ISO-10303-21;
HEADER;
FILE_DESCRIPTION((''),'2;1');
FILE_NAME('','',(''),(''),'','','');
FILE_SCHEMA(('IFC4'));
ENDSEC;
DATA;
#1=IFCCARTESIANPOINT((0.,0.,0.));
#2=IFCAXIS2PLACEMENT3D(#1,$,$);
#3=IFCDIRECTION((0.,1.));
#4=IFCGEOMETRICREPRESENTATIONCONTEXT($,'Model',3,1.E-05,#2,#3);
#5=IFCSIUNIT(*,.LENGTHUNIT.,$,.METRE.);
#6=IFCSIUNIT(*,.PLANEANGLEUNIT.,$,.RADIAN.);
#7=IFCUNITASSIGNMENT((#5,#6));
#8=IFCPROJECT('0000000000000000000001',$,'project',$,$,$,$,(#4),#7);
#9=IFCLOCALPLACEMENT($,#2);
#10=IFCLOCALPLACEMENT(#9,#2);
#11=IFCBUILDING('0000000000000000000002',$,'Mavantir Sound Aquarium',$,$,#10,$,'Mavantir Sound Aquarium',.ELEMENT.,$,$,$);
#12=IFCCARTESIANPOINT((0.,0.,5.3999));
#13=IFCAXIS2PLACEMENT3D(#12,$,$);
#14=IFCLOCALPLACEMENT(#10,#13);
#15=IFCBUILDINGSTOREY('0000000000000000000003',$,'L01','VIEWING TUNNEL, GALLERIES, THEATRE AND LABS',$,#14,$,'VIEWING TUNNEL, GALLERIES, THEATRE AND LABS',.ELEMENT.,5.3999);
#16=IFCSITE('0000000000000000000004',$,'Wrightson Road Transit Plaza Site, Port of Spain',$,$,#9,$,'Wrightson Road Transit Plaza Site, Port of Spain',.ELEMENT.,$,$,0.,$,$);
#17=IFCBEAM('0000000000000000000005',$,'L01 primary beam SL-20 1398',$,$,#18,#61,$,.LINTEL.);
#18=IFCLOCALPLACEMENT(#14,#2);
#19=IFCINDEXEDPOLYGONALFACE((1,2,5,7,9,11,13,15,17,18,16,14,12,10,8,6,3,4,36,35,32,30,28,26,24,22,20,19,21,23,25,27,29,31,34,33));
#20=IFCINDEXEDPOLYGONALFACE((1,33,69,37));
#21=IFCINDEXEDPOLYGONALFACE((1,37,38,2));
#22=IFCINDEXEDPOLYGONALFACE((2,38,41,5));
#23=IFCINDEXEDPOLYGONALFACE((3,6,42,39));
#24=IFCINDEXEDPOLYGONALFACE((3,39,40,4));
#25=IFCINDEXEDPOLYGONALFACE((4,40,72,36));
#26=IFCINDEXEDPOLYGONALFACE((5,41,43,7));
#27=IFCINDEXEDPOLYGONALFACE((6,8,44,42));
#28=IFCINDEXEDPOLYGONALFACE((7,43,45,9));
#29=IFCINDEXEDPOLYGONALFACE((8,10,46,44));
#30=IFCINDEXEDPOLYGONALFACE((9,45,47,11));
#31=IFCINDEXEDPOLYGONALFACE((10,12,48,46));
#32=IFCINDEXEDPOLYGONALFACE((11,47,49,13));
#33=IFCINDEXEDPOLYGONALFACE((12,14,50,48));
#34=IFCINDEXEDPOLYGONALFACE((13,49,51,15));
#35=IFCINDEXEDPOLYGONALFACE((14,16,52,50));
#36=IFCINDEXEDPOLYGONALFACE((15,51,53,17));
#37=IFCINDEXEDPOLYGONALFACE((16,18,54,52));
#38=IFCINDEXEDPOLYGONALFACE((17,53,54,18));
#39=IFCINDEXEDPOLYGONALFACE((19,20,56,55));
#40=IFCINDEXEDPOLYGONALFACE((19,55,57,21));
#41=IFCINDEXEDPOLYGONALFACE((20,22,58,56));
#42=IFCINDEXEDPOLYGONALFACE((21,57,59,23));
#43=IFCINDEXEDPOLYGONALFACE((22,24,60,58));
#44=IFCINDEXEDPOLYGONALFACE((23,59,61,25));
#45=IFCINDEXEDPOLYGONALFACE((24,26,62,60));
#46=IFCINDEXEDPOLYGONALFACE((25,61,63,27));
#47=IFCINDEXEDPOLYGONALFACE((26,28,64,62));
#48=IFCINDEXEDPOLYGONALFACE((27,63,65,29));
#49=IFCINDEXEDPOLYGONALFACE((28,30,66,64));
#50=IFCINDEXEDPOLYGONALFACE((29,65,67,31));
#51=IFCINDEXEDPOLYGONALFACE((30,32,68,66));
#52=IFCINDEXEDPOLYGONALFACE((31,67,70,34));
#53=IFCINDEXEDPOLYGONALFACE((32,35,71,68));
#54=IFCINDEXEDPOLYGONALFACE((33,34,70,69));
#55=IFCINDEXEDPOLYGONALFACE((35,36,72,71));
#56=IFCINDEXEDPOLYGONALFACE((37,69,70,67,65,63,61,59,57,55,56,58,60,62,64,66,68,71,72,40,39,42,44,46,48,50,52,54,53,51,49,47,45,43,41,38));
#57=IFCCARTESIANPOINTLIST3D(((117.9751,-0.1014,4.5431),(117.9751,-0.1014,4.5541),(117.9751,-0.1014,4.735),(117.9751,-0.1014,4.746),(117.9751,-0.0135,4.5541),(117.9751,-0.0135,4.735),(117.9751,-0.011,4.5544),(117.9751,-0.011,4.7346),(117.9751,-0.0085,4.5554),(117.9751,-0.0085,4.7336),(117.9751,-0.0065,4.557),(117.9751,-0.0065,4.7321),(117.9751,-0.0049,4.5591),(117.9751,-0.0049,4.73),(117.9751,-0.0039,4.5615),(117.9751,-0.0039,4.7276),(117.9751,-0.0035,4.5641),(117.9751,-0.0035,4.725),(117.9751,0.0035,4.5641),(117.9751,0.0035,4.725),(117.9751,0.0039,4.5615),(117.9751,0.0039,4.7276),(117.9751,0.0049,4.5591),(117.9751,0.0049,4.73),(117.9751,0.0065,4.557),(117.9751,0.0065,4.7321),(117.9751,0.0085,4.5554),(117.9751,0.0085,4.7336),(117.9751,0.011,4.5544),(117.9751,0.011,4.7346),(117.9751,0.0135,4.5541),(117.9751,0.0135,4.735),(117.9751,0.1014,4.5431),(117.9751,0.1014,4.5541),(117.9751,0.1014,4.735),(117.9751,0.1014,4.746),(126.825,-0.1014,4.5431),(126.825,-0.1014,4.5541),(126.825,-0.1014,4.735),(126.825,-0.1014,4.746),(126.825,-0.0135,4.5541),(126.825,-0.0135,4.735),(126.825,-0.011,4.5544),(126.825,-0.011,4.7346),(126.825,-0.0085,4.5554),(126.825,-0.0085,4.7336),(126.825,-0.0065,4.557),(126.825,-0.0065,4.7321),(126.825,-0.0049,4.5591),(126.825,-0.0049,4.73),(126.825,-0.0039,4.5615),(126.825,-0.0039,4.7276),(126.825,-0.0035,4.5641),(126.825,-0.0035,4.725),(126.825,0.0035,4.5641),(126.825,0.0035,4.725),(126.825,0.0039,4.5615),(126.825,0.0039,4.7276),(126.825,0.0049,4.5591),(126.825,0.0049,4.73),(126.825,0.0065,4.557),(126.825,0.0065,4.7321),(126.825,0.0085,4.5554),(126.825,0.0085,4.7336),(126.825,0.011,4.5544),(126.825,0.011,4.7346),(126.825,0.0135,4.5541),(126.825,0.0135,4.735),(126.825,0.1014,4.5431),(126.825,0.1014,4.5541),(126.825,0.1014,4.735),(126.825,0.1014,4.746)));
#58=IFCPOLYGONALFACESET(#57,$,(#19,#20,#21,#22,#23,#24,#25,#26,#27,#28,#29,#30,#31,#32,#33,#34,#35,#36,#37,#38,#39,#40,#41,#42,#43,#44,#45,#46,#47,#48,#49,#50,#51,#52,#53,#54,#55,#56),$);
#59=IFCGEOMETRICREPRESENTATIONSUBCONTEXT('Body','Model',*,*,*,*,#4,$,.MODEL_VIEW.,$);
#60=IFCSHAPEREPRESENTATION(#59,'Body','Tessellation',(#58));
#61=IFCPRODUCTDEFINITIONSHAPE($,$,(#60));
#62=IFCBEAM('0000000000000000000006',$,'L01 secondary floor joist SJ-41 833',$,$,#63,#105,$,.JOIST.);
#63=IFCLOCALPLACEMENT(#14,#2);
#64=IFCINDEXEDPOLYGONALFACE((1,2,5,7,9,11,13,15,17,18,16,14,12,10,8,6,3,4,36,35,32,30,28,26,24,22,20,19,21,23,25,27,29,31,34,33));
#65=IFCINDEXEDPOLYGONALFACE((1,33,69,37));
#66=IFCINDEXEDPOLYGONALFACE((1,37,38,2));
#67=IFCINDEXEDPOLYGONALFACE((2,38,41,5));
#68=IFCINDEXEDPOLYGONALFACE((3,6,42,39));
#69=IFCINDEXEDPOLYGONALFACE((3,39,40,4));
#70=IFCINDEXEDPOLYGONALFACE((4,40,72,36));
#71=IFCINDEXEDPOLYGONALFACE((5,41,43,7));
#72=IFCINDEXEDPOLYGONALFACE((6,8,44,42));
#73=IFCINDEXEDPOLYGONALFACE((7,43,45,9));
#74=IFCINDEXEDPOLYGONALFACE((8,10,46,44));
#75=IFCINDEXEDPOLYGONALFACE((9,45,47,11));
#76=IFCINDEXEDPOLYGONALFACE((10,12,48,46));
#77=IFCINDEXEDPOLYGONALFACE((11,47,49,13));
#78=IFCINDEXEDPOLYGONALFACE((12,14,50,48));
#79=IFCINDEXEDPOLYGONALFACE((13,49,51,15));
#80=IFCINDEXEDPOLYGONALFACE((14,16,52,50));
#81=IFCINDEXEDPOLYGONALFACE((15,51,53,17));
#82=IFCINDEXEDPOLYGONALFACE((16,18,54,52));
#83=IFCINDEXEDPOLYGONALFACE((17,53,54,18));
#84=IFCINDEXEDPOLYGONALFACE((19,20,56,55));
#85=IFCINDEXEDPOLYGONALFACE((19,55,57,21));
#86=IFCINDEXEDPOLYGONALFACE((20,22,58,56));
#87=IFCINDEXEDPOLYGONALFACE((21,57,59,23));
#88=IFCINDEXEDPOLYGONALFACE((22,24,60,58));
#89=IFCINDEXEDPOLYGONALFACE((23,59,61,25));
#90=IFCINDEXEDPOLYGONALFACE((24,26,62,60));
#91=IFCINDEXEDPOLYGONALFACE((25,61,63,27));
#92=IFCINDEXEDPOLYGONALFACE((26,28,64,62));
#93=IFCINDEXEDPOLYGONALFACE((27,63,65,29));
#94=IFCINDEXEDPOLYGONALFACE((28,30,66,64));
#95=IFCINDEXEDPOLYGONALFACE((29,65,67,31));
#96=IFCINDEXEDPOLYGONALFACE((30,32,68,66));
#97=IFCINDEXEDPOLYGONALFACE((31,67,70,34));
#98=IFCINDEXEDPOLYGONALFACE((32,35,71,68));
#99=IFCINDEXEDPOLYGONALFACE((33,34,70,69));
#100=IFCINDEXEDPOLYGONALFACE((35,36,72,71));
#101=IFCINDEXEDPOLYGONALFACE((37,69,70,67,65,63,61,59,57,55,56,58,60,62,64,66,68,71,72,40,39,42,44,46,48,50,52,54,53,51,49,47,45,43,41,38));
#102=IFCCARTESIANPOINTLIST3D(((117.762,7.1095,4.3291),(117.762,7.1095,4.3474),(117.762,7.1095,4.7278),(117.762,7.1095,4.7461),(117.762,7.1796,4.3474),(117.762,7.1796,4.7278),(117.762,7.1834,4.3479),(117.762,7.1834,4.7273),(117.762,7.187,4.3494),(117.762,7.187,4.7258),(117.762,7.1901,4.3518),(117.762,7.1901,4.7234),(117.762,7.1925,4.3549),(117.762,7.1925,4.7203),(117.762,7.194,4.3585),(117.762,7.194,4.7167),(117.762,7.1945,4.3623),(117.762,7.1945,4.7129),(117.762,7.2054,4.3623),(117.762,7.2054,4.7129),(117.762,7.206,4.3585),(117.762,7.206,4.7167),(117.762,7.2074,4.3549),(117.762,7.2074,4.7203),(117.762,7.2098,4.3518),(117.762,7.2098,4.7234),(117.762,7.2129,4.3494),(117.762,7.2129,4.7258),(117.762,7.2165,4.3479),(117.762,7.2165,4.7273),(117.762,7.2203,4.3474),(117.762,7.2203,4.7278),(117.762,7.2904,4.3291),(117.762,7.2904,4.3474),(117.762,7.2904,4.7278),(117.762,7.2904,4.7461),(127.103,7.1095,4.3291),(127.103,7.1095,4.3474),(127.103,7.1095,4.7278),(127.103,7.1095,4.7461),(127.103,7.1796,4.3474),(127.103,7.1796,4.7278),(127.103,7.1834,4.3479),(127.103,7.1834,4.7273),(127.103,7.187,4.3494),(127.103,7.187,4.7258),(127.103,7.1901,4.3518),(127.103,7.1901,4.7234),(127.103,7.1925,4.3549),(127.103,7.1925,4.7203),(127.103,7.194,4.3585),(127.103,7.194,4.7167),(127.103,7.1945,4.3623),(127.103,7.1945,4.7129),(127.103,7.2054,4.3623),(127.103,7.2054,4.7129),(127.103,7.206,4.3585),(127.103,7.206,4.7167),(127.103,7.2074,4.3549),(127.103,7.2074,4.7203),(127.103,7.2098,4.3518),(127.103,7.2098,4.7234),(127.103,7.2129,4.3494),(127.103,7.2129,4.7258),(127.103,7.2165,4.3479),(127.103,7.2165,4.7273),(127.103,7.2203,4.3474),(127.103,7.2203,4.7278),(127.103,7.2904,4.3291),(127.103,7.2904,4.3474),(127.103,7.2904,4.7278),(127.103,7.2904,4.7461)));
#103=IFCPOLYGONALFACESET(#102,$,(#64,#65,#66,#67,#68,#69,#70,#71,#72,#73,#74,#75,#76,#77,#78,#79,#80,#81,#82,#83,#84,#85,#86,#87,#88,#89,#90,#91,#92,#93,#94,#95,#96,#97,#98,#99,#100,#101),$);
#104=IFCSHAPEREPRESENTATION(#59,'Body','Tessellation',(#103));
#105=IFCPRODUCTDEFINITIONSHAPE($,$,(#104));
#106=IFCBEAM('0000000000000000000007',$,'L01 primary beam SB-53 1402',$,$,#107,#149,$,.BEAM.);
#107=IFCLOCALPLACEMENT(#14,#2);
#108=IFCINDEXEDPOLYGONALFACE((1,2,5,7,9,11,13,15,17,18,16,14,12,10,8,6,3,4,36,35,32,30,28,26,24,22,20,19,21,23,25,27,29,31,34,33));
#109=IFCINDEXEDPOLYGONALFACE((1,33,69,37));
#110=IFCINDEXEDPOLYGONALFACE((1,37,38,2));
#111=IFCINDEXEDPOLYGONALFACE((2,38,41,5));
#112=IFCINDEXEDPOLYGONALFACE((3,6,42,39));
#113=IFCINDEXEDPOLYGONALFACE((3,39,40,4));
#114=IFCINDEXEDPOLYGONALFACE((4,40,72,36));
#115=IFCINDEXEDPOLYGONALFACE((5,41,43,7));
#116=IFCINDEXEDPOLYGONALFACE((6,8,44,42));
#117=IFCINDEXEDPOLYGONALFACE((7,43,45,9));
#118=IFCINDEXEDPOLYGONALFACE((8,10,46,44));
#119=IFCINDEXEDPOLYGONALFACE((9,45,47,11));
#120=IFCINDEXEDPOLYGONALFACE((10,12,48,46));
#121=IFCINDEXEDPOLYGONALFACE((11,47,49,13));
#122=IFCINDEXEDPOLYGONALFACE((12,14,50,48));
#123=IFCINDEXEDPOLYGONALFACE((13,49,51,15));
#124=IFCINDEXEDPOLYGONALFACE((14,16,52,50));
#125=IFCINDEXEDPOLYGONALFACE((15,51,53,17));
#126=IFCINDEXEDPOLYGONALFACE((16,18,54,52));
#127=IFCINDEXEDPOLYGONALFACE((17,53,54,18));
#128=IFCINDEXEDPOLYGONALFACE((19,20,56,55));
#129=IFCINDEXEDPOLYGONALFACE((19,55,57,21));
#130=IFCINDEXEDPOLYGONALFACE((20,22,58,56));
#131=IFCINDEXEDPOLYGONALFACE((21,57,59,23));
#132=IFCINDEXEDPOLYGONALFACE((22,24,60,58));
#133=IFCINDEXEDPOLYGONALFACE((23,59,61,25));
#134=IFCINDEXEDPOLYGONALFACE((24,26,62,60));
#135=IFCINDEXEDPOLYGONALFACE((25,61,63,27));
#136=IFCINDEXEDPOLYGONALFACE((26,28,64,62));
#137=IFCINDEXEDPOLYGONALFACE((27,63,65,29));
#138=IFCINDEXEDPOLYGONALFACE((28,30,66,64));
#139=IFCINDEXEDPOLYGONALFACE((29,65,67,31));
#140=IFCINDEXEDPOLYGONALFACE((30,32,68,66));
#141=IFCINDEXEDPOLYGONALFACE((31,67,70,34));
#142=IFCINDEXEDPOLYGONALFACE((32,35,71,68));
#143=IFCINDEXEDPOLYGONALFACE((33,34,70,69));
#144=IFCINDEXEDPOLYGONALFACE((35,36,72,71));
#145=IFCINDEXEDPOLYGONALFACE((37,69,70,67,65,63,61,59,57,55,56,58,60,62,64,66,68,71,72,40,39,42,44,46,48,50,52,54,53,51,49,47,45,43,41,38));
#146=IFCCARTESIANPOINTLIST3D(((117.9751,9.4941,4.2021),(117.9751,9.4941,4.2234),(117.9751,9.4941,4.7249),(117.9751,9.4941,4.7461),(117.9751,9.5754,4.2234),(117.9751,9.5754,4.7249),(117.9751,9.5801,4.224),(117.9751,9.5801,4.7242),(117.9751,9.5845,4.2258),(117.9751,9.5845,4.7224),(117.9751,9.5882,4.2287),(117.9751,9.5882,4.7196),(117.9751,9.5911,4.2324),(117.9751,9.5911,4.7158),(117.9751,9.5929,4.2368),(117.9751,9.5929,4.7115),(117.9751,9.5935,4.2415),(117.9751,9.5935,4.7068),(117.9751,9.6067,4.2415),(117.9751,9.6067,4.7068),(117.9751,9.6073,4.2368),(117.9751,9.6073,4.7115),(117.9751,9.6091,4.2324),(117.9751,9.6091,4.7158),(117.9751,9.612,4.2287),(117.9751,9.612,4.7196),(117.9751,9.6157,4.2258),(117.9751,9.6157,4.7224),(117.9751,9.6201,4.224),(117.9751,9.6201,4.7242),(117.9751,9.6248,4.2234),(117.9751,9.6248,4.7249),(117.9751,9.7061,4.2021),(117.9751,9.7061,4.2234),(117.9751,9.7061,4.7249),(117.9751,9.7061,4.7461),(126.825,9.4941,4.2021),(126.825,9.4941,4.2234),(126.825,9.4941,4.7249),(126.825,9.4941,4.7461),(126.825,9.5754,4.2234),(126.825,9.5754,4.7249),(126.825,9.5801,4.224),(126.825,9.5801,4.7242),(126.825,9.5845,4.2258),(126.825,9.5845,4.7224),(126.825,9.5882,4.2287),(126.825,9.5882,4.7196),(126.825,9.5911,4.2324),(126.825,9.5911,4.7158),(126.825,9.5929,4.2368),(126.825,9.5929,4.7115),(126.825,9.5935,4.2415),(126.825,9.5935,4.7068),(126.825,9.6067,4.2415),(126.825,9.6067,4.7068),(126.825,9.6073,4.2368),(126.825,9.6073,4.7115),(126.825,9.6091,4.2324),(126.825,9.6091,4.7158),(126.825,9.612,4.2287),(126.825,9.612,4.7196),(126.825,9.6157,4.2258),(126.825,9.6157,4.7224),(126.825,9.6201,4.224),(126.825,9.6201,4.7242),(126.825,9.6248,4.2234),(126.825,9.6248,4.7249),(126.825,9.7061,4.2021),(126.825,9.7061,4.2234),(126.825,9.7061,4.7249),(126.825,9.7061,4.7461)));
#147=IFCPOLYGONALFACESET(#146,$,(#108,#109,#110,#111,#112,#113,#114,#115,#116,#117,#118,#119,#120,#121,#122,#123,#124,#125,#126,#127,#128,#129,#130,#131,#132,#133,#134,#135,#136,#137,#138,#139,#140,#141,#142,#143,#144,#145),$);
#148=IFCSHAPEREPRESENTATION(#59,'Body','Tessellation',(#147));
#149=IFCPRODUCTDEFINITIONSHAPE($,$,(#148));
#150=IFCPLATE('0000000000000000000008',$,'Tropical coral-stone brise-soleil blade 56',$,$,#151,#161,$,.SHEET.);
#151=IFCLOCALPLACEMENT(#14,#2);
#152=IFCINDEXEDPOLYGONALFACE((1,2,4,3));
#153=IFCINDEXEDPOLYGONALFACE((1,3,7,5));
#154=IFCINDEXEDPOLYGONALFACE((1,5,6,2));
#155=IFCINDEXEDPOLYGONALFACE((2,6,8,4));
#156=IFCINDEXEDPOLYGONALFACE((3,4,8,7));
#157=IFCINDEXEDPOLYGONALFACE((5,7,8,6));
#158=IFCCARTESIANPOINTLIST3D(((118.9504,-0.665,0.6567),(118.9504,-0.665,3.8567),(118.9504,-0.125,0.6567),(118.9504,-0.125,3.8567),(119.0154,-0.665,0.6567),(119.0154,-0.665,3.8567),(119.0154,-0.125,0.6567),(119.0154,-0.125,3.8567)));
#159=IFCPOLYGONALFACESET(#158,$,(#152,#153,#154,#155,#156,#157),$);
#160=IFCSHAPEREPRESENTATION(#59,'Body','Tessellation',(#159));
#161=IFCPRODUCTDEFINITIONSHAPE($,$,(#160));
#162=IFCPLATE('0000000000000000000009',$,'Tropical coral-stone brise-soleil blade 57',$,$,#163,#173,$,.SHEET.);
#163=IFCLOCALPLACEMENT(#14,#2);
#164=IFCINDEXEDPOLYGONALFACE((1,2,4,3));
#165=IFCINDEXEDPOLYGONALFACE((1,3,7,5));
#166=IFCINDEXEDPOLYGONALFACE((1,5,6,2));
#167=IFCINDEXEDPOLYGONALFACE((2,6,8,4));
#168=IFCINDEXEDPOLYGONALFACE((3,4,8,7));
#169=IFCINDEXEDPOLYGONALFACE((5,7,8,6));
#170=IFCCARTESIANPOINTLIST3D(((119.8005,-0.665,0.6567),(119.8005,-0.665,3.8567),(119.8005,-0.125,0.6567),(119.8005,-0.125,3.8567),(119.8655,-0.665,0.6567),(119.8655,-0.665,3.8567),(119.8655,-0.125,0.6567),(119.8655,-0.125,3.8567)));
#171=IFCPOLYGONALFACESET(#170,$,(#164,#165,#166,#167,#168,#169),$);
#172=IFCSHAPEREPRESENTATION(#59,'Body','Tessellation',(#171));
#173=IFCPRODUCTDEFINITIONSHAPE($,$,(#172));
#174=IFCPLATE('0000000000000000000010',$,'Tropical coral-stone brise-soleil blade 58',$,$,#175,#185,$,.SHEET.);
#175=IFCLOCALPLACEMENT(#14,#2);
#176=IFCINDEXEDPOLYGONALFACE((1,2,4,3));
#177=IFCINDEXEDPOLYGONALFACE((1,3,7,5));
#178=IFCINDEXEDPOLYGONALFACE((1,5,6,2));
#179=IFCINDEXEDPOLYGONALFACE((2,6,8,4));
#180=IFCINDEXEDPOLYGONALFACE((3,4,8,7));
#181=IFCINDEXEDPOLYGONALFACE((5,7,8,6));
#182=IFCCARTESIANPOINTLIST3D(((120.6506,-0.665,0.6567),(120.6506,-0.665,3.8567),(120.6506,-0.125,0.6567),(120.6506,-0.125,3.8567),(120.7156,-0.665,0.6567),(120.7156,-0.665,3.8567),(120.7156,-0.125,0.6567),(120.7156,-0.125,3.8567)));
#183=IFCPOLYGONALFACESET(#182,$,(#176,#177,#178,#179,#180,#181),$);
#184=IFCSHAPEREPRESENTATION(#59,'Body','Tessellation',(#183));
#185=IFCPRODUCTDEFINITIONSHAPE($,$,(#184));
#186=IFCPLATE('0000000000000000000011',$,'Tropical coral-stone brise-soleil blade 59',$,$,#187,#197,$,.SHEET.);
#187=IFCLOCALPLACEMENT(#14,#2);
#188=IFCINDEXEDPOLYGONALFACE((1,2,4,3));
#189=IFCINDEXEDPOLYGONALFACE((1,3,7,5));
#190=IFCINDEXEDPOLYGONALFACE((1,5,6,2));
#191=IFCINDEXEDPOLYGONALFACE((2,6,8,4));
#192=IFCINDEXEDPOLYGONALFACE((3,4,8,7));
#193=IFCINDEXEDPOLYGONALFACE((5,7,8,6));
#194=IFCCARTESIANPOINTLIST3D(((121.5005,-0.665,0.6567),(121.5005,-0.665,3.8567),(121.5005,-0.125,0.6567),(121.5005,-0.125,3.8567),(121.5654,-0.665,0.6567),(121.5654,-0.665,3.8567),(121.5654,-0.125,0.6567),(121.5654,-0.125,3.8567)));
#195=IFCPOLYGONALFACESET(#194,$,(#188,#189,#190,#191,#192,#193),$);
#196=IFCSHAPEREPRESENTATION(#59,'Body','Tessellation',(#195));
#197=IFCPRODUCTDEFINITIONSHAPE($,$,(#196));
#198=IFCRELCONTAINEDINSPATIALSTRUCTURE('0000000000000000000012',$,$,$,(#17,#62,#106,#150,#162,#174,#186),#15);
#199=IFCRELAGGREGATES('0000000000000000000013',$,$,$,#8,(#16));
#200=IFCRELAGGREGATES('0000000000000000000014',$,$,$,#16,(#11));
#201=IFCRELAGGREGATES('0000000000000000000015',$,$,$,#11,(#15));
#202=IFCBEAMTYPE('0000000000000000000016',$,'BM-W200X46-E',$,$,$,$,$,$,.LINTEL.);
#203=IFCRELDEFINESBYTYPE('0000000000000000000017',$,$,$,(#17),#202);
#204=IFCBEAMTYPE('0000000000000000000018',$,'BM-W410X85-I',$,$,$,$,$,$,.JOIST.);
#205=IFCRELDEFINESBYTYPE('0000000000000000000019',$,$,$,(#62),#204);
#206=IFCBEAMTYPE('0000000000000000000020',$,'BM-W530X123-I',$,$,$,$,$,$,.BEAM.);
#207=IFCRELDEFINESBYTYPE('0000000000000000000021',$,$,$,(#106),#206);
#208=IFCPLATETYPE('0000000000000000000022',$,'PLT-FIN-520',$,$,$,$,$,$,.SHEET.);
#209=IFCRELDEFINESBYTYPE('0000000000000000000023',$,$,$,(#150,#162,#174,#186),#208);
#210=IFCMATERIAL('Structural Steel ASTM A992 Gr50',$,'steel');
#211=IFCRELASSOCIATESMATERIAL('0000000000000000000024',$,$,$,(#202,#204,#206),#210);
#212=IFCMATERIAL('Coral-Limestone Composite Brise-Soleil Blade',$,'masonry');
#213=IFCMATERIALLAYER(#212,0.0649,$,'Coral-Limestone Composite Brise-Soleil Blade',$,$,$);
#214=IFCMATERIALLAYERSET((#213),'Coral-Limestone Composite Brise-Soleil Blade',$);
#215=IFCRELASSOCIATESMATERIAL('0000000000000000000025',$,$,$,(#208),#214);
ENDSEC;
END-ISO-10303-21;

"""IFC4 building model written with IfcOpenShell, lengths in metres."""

from ifc_helpers import new_model, si_unit, direction, frame, origin, origin_2d, place, context, subcontext, project, spatial, rectangle, i_section, extrude, material, layer, layer_set, material_profile, profile_set, type_object, element, save


model = new_model("IFC4")

# Units and contexts
model_context = context("Model", 3, precision=1e-05, world=origin(), true_north=direction((0.0, 1.0)))
body_context = subcontext(model_context, "Body", "Model", "MODEL_VIEW")
ifc_project = project(units=[si_unit("LENGTHUNIT", "METRE"), si_unit("PLANEANGLEUNIT", "RADIAN")], contexts=[model_context])

# Site, building, storey
site_placement = place(None, origin())
site = spatial("IfcSite", under=ifc_project, at=site_placement, Name="Wrightson Road Transit Plaza Site, Port of Spain", LongName="Wrightson Road Transit Plaza Site, Port of Spain", CompositionType="ELEMENT", RefElevation=0.0)
building_placement = place(site_placement, origin())
building = spatial("IfcBuilding", under=site, at=building_placement, Name="Mavantir Sound Aquarium", LongName="Mavantir Sound Aquarium", CompositionType="ELEMENT")
storey_placement = place(building_placement, frame((0.0, 0.0, 5.3999)))
storey = spatial("IfcBuildingStorey", under=building, at=storey_placement, Name="L01", Description="VIEWING TUNNEL, GALLERIES, THEATRE AND LABS", LongName="VIEWING TUNNEL, GALLERIES, THEATRE AND LABS", CompositionType="ELEMENT", Elevation=5.3999)

# Beams
ifc_material_1 = material(Name="Structural Steel ASTM A992 Gr50", Category="steel")
ifc_material_profile_1 = material_profile(ifc_material_1, i_section(OverallWidth=0.2029, OverallDepth=0.2029, WebThickness=0.0071, FlangeThickness=0.011, FilletRadius=0.01, at=origin_2d()), Name="W200X46")
ifc_profile_set_1 = profile_set([ifc_material_profile_1], Name="Structural Steel ASTM A992 Gr50")
beam_type_1 = type_object("IfcBeamType", Name="BM-W200X46-E", PredefinedType="LINTEL", material=ifc_profile_set_1)
beam_1_placement = place(storey_placement, frame((117.9751, 0.0, 4.6445), z_axis=(1.0, 0.0, 0.0), x_axis=(0.0, 1.0, 0.0)))
element("IfcBeam", 1, at=beam_1_placement, inside=storey, type_object=beam_type_1, Name="L01 primary beam SL-20 1398", PredefinedType="LINTEL", context=body_context, shape_type="SweptSolid", body=[
    extrude(i_section(OverallWidth=0.2029, OverallDepth=0.2029, WebThickness=0.0071, FlangeThickness=0.011, FilletRadius=0.01, at=origin_2d()), origin(), (0.0, 0.0, 1.0), 8.8499),
])
ifc_material_profile_2 = material_profile(ifc_material_1, i_section(OverallWidth=0.1809, OverallDepth=0.417, WebThickness=0.011, FlangeThickness=0.0183, FilletRadius=0.0149, at=origin_2d()), Name="W410X85")
ifc_profile_set_2 = profile_set([ifc_material_profile_2], Name="Structural Steel ASTM A992 Gr50")
beam_type_2 = type_object("IfcBeamType", Name="BM-W410X85-I", PredefinedType="JOIST", material=ifc_profile_set_2)
beam_2_placement = place(storey_placement, frame((117.762, 7.2, 4.5376), z_axis=(1.0, 0.0, 0.0), x_axis=(0.0, 1.0, 0.0)))
element("IfcBeam", 2, at=beam_2_placement, inside=storey, type_object=beam_type_2, Name="L01 secondary floor joist SJ-41 833", PredefinedType="JOIST", context=body_context, shape_type="SweptSolid", body=[
    extrude(i_section(OverallWidth=0.1809, OverallDepth=0.417, WebThickness=0.011, FlangeThickness=0.0183, FilletRadius=0.0149, at=origin_2d()), origin(), (0.0, 0.0, 1.0), 9.3411),
])
ifc_material_profile_3 = material_profile(ifc_material_1, i_section(OverallWidth=0.2119, OverallDepth=0.5439, WebThickness=0.0132, FlangeThickness=0.0212, FilletRadius=0.0181, at=origin_2d()), Name="W530X123")
ifc_profile_set_3 = profile_set([ifc_material_profile_3], Name="Structural Steel ASTM A992 Gr50")
beam_type_3 = type_object("IfcBeamType", Name="BM-W530X123-I", PredefinedType="BEAM", material=ifc_profile_set_3)
beam_3_placement = place(storey_placement, frame((117.9751, 9.6001, 4.4741), z_axis=(1.0, 0.0, 0.0), x_axis=(0.0, 1.0, 0.0)))
element("IfcBeam", 3, at=beam_3_placement, inside=storey, type_object=beam_type_3, Name="L01 primary beam SB-53 1402", PredefinedType="BEAM", context=body_context, shape_type="SweptSolid", body=[
    extrude(i_section(OverallWidth=0.2119, OverallDepth=0.5439, WebThickness=0.0132, FlangeThickness=0.0212, FilletRadius=0.0181, at=origin_2d()), origin(), (0.0, 0.0, 1.0), 8.8499),
])

# Plates
ifc_material_2 = material(Name="Coral-Limestone Composite Brise-Soleil Blade", Category="masonry")
ifc_layer_1 = layer(ifc_material_2, 0.0649, Name="Coral-Limestone Composite Brise-Soleil Blade")
ifc_layer_set_1 = layer_set([ifc_layer_1], Name="Coral-Limestone Composite Brise-Soleil Blade")
plate_type = type_object("IfcPlateType", Name="PLT-FIN-520", PredefinedType="SHEET", material=ifc_layer_set_1)
for number, where, z_axis, x_axis, name in (
    (4, (118.9829, -0.395, 0.6567), (0.0, 0.0, 1.0), (-1.0, 0.0, 0.0), "Tropical coral-stone brise-soleil blade 56"),
    (5, (119.833, -0.395, 0.6567), (0.0, 0.0, 1.0), (-1.0, 0.0, 0.0), "Tropical coral-stone brise-soleil blade 57"),
    (6, (120.6831, -0.395, 0.6567), (0.0, 0.0, 1.0), (-1.0, 0.0, 0.0), "Tropical coral-stone brise-soleil blade 58"),
    (7, (121.533, -0.395, 0.6567), (0.0, 0.0, 1.0), (-1.0, 0.0, 0.0), "Tropical coral-stone brise-soleil blade 59"),
):
    element("IfcPlate", number, at=place(storey_placement, frame(where, z_axis=z_axis, x_axis=x_axis)), inside=storey, type_object=plate_type, Name=name, PredefinedType="SHEET", context=body_context, shape_type="SweptSolid", body=[
        extrude(rectangle(XDim=0.0649, YDim=0.54, at=origin_2d()), origin(), (0.0, 0.0, 1.0), 3.2),
    ])

save(model, "model.ifc")
